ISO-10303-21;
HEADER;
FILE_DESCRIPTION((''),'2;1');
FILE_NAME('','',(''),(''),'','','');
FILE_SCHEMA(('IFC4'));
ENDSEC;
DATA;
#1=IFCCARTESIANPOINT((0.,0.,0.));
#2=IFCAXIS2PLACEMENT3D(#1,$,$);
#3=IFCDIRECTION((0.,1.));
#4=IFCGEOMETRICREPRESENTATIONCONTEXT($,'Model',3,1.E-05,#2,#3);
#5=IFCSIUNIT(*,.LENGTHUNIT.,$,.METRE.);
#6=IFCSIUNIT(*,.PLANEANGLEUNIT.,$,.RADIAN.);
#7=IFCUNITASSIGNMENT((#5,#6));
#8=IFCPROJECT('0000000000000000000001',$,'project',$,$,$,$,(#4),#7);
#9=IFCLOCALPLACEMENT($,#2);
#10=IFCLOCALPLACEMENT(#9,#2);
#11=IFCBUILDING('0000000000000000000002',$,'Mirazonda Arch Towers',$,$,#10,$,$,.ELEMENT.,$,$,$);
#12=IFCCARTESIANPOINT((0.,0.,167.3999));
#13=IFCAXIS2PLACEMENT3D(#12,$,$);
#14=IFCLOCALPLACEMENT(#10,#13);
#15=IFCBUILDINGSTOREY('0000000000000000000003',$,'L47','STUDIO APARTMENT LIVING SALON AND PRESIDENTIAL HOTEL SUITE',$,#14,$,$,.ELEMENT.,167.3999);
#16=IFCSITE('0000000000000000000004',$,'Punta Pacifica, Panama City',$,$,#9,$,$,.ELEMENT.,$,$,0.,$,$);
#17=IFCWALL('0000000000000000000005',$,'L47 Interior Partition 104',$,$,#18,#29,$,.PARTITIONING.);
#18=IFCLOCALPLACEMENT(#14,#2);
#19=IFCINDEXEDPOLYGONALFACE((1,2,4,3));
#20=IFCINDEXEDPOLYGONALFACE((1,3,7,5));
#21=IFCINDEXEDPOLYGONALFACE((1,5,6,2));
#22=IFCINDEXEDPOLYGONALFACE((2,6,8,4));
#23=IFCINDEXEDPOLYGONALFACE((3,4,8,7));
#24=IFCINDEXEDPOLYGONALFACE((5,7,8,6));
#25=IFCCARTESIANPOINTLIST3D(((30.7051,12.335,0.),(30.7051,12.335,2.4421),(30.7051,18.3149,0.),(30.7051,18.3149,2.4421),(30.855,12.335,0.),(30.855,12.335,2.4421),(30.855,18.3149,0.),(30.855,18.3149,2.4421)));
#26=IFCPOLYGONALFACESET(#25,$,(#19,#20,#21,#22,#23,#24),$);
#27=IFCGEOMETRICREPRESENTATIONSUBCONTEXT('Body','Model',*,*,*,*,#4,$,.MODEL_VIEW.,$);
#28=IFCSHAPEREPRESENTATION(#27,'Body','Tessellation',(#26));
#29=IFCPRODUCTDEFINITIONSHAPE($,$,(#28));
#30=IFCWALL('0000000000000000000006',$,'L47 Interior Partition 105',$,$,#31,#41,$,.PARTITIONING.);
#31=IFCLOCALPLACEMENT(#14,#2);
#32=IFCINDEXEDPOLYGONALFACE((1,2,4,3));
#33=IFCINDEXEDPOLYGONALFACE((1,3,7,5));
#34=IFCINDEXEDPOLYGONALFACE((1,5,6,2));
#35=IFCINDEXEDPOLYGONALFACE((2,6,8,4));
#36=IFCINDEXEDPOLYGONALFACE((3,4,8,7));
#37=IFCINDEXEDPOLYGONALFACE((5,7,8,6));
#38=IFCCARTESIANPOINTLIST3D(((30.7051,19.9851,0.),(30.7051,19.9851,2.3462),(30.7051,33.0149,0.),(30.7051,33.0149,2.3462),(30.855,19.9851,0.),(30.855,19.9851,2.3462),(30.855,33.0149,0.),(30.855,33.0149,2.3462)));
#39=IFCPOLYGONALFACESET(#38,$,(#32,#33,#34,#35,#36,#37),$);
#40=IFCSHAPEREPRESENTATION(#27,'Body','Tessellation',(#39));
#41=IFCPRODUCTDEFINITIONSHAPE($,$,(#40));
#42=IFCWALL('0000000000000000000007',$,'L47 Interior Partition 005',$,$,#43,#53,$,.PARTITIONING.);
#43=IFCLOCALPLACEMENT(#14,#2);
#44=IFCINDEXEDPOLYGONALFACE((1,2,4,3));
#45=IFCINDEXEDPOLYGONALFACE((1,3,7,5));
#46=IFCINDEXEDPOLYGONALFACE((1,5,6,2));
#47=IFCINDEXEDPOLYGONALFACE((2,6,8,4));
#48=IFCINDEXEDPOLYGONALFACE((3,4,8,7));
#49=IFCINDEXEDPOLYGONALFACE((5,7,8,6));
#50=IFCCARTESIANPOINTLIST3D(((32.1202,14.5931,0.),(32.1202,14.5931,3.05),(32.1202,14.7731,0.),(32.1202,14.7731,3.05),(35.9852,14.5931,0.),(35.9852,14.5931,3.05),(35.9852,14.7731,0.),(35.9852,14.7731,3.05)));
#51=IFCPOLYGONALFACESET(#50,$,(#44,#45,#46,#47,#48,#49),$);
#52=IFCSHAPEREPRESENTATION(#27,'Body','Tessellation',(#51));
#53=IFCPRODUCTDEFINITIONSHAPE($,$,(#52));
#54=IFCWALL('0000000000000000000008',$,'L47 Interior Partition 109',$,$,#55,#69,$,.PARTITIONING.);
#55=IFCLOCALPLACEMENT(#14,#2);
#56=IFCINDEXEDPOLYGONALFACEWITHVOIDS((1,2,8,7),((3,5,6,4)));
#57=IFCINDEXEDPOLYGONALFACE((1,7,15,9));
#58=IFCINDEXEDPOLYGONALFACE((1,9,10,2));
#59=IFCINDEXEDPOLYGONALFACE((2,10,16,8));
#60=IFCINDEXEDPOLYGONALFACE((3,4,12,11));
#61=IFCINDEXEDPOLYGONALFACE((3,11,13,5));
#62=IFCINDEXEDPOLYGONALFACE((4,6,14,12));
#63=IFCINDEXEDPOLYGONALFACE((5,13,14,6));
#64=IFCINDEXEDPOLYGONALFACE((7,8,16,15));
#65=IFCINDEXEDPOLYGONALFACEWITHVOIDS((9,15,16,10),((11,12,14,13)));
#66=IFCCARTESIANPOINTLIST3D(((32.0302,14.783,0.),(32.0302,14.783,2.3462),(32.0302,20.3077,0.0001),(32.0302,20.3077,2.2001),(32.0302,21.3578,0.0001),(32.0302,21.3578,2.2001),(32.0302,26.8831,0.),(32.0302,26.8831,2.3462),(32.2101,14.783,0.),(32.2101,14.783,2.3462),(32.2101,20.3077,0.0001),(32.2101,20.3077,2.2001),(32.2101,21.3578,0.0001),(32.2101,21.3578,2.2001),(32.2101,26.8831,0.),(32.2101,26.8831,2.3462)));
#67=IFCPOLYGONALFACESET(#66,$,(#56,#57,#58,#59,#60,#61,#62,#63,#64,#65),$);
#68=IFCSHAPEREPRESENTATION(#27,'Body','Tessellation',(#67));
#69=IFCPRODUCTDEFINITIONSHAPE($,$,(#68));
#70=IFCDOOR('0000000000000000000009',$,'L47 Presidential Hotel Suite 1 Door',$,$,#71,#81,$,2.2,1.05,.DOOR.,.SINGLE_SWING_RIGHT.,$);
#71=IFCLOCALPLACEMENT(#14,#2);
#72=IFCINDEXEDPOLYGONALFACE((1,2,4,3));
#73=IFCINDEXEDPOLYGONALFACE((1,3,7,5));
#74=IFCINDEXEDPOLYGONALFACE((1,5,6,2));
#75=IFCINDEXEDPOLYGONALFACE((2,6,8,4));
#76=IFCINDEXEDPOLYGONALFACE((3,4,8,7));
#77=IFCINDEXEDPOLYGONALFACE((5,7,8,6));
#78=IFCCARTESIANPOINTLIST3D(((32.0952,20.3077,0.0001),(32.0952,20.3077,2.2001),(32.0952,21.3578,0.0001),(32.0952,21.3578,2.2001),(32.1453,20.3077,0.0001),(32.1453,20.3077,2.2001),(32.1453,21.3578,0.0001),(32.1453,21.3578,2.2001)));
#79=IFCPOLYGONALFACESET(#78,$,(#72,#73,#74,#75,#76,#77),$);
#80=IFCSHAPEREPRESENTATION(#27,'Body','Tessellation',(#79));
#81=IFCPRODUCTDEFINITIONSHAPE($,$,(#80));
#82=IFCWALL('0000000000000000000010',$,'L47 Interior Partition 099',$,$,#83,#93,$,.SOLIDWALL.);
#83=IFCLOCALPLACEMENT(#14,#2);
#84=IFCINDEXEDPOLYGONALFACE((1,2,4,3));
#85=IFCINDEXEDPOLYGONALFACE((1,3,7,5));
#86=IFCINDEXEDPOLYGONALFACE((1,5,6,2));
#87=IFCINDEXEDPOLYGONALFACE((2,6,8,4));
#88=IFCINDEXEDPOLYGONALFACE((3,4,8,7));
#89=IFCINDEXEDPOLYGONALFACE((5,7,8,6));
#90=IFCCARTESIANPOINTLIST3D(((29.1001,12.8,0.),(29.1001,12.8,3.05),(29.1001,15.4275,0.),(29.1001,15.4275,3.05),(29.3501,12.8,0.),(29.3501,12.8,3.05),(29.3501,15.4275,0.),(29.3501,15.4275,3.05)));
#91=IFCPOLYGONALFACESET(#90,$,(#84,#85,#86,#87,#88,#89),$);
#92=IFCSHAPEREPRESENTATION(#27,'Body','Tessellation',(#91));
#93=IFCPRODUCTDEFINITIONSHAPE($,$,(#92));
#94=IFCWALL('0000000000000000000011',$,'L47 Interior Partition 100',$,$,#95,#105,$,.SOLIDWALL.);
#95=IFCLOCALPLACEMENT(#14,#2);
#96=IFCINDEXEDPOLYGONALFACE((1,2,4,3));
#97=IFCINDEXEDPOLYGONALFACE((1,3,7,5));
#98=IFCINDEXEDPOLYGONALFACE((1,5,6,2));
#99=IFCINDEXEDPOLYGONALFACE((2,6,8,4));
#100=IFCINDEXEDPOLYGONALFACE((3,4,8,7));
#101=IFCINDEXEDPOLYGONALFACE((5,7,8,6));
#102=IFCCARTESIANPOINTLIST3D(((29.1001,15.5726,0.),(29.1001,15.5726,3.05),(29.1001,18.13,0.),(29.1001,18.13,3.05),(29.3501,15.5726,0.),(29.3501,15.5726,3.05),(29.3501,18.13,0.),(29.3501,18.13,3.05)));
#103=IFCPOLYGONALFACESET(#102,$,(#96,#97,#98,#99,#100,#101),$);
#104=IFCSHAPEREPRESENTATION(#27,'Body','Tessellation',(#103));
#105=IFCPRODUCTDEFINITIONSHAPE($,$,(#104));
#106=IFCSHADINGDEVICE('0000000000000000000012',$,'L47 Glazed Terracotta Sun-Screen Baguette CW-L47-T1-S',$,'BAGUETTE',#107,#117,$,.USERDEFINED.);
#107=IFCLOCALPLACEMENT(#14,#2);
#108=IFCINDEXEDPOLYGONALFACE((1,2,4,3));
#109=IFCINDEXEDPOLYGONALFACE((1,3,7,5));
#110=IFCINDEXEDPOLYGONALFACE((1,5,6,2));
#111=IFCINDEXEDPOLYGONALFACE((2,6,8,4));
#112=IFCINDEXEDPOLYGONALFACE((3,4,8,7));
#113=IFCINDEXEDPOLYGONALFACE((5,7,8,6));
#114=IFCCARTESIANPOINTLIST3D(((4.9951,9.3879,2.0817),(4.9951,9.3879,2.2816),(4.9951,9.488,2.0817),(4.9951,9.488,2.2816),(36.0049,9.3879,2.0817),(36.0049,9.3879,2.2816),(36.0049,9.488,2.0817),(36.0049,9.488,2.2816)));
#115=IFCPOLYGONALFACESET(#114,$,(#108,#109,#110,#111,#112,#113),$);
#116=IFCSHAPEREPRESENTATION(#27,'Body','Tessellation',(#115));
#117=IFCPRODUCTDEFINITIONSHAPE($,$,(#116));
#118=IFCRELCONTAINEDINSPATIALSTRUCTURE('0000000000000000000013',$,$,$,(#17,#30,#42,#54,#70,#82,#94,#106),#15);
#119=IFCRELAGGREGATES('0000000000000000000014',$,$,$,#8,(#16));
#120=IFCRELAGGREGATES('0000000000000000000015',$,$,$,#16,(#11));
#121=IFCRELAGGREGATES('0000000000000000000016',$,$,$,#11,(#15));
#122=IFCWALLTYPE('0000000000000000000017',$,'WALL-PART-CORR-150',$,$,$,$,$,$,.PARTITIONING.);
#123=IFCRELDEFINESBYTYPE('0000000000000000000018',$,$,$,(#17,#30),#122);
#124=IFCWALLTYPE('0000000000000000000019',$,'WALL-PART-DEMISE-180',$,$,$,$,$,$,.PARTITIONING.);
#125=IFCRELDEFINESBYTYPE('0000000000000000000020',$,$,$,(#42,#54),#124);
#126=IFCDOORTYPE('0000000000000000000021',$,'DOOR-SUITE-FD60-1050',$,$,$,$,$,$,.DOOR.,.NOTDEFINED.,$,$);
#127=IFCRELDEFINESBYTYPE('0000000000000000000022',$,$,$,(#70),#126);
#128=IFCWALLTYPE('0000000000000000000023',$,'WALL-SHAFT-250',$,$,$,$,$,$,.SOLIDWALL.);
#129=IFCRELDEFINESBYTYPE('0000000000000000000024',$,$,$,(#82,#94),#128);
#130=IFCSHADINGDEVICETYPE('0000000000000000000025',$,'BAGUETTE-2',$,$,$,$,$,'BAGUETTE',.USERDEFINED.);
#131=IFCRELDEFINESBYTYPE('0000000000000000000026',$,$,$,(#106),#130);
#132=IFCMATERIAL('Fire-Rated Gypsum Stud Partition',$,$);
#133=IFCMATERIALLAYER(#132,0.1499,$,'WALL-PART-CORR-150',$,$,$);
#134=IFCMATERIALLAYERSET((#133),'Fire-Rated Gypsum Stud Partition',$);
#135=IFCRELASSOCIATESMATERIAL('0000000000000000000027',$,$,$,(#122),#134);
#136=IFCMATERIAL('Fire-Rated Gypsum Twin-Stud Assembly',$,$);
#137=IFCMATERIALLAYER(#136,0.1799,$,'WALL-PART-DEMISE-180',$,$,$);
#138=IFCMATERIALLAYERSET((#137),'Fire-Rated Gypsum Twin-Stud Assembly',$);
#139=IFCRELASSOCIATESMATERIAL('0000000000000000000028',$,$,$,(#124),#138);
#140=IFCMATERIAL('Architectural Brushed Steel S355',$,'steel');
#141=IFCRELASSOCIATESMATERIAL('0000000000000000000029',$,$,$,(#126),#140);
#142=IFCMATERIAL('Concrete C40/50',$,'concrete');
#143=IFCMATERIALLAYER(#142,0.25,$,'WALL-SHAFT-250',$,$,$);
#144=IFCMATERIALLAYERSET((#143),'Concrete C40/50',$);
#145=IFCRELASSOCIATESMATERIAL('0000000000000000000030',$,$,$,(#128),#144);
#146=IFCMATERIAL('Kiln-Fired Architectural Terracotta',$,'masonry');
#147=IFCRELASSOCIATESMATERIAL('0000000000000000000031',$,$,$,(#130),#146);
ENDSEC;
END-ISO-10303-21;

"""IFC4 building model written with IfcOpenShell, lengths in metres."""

from ifc_helpers import new_model, si_unit, direction, frame, frame_2d, origin, origin_2d, place, context, subcontext, project, spatial, rectangle, extrude, material, layer, layer_set, material_profile, profile_set, type_object, element, fill, save


model = new_model("IFC4")

# Units and contexts
model_context = context("Model", 3, precision=1e-05, world=origin(), true_north=direction((0.0, 1.0)))
body_context = subcontext(model_context, "Body", "Model", "MODEL_VIEW")
ifc_project = project(units=[si_unit("LENGTHUNIT", "METRE"), si_unit("PLANEANGLEUNIT", "RADIAN")], contexts=[model_context])

# Site, building, storey
site_placement = place(None, origin())
site = spatial("IfcSite", under=ifc_project, at=site_placement, Name="Punta Pacifica, Panama City", CompositionType="ELEMENT", RefElevation=0.0)
building_placement = place(site_placement, origin())
building = spatial("IfcBuilding", under=site, at=building_placement, Name="Mirazonda Arch Towers", CompositionType="ELEMENT")
storey_placement = place(building_placement, frame((0.0, 0.0, 167.3999)))
storey = spatial("IfcBuildingStorey", under=building, at=storey_placement, Name="L47", Description="STUDIO APARTMENT LIVING SALON AND PRESIDENTIAL HOTEL SUITE", CompositionType="ELEMENT", Elevation=167.3999)

# Walls
ifc_material_1 = material(Name="Fire-Rated Gypsum Stud Partition")
ifc_layer_1 = layer(ifc_material_1, 0.1499, Name="WALL-PART-CORR-150")
ifc_layer_set_1 = layer_set([ifc_layer_1], Name="Fire-Rated Gypsum Stud Partition")
wall_type_1 = type_object("IfcWallType", Name="WALL-PART-CORR-150", PredefinedType="PARTITIONING", material=ifc_layer_set_1)
wall_1_placement = place(storey_placement, frame((30.78, 12.335, 0.0), z_axis=(0.0, 0.0, 1.0), x_axis=(0.0, 1.0, 0.0)))
element("IfcWall", 1, at=wall_1_placement, inside=storey, type_object=wall_type_1, Name="L47 Interior Partition 104", PredefinedType="PARTITIONING", context=body_context, shape_type="SweptSolid", body=[
    extrude(rectangle(XDim=5.98, YDim=0.1499, at=frame_2d((2.99, 0.0))), origin(), (0.0, 0.0, 1.0), 2.4421),
])
wall_2_placement = place(storey_placement, frame((30.78, 19.9851, 0.0), z_axis=(0.0, 0.0, 1.0), x_axis=(0.0, 1.0, 0.0)))
element("IfcWall", 2, at=wall_2_placement, inside=storey, type_object=wall_type_1, Name="L47 Interior Partition 105", PredefinedType="PARTITIONING", context=body_context, shape_type="SweptSolid", body=[
    extrude(rectangle(XDim=13.0298, YDim=0.1499, at=frame_2d((6.5149, 0.0))), origin(), (0.0, 0.0, 1.0), 2.3462),
])
ifc_material_2 = material(Name="Fire-Rated Gypsum Twin-Stud Assembly")
ifc_layer_2 = layer(ifc_material_2, 0.1799, Name="WALL-PART-DEMISE-180")
ifc_layer_set_2 = layer_set([ifc_layer_2], Name="Fire-Rated Gypsum Twin-Stud Assembly")
wall_type_2 = type_object("IfcWallType", Name="WALL-PART-DEMISE-180", PredefinedType="PARTITIONING", material=ifc_layer_set_2)
wall_3_placement = place(storey_placement, frame((32.1201, 14.6831, 0.0), z_axis=(0.0, 0.0, 1.0), x_axis=(1.0, 0.0, 0.0)))
element("IfcWall", 3, at=wall_3_placement, inside=storey, type_object=wall_type_2, Name="L47 Interior Partition 005", PredefinedType="PARTITIONING", context=body_context, shape_type="SweptSolid", body=[
    extrude(rectangle(XDim=3.865, YDim=0.1799, at=frame_2d((1.9326, 0.0))), origin(), (0.0, 0.0, 1.0), 3.05),
])

# Wall, opening, door
ifc_material_3 = material(Name="Architectural Brushed Steel S355", Category="steel")
wall_4_placement = place(storey_placement, frame((32.1201, 14.783, 0.0), z_axis=(0.0, 0.0, 1.0), x_axis=(0.0, 1.0, 0.0)))
wall_4 = element("IfcWall", 4, at=wall_4_placement, inside=storey, type_object=wall_type_2, Name="L47 Interior Partition 109", PredefinedType="PARTITIONING", context=body_context, shape_type="SweptSolid", body=[
    extrude(rectangle(XDim=12.1001, YDim=0.1799, at=frame_2d((6.05, 0.0))), origin(), (0.0, 0.0, 1.0), 2.3462),
])
opening_1_placement = place(wall_4_placement, frame((5.5249, 0.0, 0.0)))
opening_1 = element("IfcOpeningElement", 5, at=opening_1_placement, cuts=wall_4, PredefinedType="OPENING", context=body_context, shape_type="SweptSolid", body=[
    extrude(rectangle(XDim=1.05, YDim=2.2, at=frame_2d((0.5249, 1.1001))), frame((0.0, 0.0999, 0.0), z_axis=(0.0, -1.0, 0.0), x_axis=(1.0, 0.0, 0.0)), (0.0, 0.0, 1.0), 0.2),
])
door_type_1 = type_object("IfcDoorType", Name="DOOR-SUITE-FD60-1050", OperationType="NOTDEFINED", PredefinedType="DOOR", material=ifc_material_3)
door_1_placement = place(opening_1_placement, origin())
door_1 = element("IfcDoor", 6, at=door_1_placement, inside=storey, type_object=door_type_1, Name="L47 Presidential Hotel Suite 1 Door", OperationType="SINGLE_SWING_RIGHT", OverallHeight=2.2, OverallWidth=1.05, PredefinedType="DOOR", context=body_context, shape_type="SweptSolid", body=[
    extrude(rectangle(XDim=1.05, YDim=2.2, at=frame_2d((0.5249, 1.1001))), frame((0.0, 0.0249, 0.0), z_axis=(0.0, -1.0, 0.0), x_axis=(1.0, 0.0, 0.0)), (0.0, 0.0, 1.0), 0.05),
])
fill(opening_1, door_1)

# Walls
ifc_material_4 = material(Name="Concrete C40/50", Category="concrete")
ifc_layer_3 = layer(ifc_material_4, 0.25, Name="WALL-SHAFT-250")
ifc_layer_set_3 = layer_set([ifc_layer_3], Name="Concrete C40/50")
wall_type_3 = type_object("IfcWallType", Name="WALL-SHAFT-250", PredefinedType="SOLIDWALL", material=ifc_layer_set_3)
wall_5_placement = place(storey_placement, frame((29.2251, 12.8, 0.0), z_axis=(0.0, 0.0, 1.0), x_axis=(0.0, 1.0, 0.0)))
element("IfcWall", 7, at=wall_5_placement, inside=storey, type_object=wall_type_3, Name="L47 Interior Partition 099", PredefinedType="SOLIDWALL", context=body_context, shape_type="SweptSolid", body=[
    extrude(rectangle(XDim=2.6274, YDim=0.25, at=frame_2d((1.3137, 0.0))), origin(), (0.0, 0.0, 1.0), 3.05),
])
wall_6_placement = place(storey_placement, frame((29.2251, 15.5725, 0.0), z_axis=(0.0, 0.0, 1.0), x_axis=(0.0, 1.0, 0.0)))
element("IfcWall", 8, at=wall_6_placement, inside=storey, type_object=wall_type_3, Name="L47 Interior Partition 100", PredefinedType="SOLIDWALL", context=body_context, shape_type="SweptSolid", body=[
    extrude(rectangle(XDim=2.5574, YDim=0.25, at=frame_2d((1.2788, 0.0))), origin(), (0.0, 0.0, 1.0), 3.05),
])

# Shading device
ifc_material_5 = material(Name="Kiln-Fired Architectural Terracotta", Category="masonry")
ifc_material_profile_1 = material_profile(ifc_material_5, rectangle(XDim=0.1001, YDim=0.2, at=origin_2d()), Name="TERRA-BAG-100x200")
ifc_profile_set_1 = profile_set([ifc_material_profile_1], Name="Kiln-Fired Architectural Terracotta")
shading_device_type = type_object("IfcShadingDeviceType", Name="BAGUETTE-2", ElementType="BAGUETTE", PredefinedType="USERDEFINED", material=ifc_profile_set_1)
shading_device_placement = place(storey_placement, frame((36.0049, 9.438, 2.1816), z_axis=(-1.0, 0.0, 0.0), x_axis=(0.0, -1.0, 0.0)))
element("IfcShadingDevice", 9, at=shading_device_placement, inside=storey, type_object=shading_device_type, Name="L47 Glazed Terracotta Sun-Screen Baguette CW-L47-T1-S", ObjectType="BAGUETTE", PredefinedType="USERDEFINED", context=body_context, shape_type="SweptSolid", body=[
    extrude(rectangle(XDim=0.1001, YDim=0.2, at=origin_2d()), origin(), (0.0, 0.0, 1.0), 31.0098),
])

save(model, "model.ifc")
